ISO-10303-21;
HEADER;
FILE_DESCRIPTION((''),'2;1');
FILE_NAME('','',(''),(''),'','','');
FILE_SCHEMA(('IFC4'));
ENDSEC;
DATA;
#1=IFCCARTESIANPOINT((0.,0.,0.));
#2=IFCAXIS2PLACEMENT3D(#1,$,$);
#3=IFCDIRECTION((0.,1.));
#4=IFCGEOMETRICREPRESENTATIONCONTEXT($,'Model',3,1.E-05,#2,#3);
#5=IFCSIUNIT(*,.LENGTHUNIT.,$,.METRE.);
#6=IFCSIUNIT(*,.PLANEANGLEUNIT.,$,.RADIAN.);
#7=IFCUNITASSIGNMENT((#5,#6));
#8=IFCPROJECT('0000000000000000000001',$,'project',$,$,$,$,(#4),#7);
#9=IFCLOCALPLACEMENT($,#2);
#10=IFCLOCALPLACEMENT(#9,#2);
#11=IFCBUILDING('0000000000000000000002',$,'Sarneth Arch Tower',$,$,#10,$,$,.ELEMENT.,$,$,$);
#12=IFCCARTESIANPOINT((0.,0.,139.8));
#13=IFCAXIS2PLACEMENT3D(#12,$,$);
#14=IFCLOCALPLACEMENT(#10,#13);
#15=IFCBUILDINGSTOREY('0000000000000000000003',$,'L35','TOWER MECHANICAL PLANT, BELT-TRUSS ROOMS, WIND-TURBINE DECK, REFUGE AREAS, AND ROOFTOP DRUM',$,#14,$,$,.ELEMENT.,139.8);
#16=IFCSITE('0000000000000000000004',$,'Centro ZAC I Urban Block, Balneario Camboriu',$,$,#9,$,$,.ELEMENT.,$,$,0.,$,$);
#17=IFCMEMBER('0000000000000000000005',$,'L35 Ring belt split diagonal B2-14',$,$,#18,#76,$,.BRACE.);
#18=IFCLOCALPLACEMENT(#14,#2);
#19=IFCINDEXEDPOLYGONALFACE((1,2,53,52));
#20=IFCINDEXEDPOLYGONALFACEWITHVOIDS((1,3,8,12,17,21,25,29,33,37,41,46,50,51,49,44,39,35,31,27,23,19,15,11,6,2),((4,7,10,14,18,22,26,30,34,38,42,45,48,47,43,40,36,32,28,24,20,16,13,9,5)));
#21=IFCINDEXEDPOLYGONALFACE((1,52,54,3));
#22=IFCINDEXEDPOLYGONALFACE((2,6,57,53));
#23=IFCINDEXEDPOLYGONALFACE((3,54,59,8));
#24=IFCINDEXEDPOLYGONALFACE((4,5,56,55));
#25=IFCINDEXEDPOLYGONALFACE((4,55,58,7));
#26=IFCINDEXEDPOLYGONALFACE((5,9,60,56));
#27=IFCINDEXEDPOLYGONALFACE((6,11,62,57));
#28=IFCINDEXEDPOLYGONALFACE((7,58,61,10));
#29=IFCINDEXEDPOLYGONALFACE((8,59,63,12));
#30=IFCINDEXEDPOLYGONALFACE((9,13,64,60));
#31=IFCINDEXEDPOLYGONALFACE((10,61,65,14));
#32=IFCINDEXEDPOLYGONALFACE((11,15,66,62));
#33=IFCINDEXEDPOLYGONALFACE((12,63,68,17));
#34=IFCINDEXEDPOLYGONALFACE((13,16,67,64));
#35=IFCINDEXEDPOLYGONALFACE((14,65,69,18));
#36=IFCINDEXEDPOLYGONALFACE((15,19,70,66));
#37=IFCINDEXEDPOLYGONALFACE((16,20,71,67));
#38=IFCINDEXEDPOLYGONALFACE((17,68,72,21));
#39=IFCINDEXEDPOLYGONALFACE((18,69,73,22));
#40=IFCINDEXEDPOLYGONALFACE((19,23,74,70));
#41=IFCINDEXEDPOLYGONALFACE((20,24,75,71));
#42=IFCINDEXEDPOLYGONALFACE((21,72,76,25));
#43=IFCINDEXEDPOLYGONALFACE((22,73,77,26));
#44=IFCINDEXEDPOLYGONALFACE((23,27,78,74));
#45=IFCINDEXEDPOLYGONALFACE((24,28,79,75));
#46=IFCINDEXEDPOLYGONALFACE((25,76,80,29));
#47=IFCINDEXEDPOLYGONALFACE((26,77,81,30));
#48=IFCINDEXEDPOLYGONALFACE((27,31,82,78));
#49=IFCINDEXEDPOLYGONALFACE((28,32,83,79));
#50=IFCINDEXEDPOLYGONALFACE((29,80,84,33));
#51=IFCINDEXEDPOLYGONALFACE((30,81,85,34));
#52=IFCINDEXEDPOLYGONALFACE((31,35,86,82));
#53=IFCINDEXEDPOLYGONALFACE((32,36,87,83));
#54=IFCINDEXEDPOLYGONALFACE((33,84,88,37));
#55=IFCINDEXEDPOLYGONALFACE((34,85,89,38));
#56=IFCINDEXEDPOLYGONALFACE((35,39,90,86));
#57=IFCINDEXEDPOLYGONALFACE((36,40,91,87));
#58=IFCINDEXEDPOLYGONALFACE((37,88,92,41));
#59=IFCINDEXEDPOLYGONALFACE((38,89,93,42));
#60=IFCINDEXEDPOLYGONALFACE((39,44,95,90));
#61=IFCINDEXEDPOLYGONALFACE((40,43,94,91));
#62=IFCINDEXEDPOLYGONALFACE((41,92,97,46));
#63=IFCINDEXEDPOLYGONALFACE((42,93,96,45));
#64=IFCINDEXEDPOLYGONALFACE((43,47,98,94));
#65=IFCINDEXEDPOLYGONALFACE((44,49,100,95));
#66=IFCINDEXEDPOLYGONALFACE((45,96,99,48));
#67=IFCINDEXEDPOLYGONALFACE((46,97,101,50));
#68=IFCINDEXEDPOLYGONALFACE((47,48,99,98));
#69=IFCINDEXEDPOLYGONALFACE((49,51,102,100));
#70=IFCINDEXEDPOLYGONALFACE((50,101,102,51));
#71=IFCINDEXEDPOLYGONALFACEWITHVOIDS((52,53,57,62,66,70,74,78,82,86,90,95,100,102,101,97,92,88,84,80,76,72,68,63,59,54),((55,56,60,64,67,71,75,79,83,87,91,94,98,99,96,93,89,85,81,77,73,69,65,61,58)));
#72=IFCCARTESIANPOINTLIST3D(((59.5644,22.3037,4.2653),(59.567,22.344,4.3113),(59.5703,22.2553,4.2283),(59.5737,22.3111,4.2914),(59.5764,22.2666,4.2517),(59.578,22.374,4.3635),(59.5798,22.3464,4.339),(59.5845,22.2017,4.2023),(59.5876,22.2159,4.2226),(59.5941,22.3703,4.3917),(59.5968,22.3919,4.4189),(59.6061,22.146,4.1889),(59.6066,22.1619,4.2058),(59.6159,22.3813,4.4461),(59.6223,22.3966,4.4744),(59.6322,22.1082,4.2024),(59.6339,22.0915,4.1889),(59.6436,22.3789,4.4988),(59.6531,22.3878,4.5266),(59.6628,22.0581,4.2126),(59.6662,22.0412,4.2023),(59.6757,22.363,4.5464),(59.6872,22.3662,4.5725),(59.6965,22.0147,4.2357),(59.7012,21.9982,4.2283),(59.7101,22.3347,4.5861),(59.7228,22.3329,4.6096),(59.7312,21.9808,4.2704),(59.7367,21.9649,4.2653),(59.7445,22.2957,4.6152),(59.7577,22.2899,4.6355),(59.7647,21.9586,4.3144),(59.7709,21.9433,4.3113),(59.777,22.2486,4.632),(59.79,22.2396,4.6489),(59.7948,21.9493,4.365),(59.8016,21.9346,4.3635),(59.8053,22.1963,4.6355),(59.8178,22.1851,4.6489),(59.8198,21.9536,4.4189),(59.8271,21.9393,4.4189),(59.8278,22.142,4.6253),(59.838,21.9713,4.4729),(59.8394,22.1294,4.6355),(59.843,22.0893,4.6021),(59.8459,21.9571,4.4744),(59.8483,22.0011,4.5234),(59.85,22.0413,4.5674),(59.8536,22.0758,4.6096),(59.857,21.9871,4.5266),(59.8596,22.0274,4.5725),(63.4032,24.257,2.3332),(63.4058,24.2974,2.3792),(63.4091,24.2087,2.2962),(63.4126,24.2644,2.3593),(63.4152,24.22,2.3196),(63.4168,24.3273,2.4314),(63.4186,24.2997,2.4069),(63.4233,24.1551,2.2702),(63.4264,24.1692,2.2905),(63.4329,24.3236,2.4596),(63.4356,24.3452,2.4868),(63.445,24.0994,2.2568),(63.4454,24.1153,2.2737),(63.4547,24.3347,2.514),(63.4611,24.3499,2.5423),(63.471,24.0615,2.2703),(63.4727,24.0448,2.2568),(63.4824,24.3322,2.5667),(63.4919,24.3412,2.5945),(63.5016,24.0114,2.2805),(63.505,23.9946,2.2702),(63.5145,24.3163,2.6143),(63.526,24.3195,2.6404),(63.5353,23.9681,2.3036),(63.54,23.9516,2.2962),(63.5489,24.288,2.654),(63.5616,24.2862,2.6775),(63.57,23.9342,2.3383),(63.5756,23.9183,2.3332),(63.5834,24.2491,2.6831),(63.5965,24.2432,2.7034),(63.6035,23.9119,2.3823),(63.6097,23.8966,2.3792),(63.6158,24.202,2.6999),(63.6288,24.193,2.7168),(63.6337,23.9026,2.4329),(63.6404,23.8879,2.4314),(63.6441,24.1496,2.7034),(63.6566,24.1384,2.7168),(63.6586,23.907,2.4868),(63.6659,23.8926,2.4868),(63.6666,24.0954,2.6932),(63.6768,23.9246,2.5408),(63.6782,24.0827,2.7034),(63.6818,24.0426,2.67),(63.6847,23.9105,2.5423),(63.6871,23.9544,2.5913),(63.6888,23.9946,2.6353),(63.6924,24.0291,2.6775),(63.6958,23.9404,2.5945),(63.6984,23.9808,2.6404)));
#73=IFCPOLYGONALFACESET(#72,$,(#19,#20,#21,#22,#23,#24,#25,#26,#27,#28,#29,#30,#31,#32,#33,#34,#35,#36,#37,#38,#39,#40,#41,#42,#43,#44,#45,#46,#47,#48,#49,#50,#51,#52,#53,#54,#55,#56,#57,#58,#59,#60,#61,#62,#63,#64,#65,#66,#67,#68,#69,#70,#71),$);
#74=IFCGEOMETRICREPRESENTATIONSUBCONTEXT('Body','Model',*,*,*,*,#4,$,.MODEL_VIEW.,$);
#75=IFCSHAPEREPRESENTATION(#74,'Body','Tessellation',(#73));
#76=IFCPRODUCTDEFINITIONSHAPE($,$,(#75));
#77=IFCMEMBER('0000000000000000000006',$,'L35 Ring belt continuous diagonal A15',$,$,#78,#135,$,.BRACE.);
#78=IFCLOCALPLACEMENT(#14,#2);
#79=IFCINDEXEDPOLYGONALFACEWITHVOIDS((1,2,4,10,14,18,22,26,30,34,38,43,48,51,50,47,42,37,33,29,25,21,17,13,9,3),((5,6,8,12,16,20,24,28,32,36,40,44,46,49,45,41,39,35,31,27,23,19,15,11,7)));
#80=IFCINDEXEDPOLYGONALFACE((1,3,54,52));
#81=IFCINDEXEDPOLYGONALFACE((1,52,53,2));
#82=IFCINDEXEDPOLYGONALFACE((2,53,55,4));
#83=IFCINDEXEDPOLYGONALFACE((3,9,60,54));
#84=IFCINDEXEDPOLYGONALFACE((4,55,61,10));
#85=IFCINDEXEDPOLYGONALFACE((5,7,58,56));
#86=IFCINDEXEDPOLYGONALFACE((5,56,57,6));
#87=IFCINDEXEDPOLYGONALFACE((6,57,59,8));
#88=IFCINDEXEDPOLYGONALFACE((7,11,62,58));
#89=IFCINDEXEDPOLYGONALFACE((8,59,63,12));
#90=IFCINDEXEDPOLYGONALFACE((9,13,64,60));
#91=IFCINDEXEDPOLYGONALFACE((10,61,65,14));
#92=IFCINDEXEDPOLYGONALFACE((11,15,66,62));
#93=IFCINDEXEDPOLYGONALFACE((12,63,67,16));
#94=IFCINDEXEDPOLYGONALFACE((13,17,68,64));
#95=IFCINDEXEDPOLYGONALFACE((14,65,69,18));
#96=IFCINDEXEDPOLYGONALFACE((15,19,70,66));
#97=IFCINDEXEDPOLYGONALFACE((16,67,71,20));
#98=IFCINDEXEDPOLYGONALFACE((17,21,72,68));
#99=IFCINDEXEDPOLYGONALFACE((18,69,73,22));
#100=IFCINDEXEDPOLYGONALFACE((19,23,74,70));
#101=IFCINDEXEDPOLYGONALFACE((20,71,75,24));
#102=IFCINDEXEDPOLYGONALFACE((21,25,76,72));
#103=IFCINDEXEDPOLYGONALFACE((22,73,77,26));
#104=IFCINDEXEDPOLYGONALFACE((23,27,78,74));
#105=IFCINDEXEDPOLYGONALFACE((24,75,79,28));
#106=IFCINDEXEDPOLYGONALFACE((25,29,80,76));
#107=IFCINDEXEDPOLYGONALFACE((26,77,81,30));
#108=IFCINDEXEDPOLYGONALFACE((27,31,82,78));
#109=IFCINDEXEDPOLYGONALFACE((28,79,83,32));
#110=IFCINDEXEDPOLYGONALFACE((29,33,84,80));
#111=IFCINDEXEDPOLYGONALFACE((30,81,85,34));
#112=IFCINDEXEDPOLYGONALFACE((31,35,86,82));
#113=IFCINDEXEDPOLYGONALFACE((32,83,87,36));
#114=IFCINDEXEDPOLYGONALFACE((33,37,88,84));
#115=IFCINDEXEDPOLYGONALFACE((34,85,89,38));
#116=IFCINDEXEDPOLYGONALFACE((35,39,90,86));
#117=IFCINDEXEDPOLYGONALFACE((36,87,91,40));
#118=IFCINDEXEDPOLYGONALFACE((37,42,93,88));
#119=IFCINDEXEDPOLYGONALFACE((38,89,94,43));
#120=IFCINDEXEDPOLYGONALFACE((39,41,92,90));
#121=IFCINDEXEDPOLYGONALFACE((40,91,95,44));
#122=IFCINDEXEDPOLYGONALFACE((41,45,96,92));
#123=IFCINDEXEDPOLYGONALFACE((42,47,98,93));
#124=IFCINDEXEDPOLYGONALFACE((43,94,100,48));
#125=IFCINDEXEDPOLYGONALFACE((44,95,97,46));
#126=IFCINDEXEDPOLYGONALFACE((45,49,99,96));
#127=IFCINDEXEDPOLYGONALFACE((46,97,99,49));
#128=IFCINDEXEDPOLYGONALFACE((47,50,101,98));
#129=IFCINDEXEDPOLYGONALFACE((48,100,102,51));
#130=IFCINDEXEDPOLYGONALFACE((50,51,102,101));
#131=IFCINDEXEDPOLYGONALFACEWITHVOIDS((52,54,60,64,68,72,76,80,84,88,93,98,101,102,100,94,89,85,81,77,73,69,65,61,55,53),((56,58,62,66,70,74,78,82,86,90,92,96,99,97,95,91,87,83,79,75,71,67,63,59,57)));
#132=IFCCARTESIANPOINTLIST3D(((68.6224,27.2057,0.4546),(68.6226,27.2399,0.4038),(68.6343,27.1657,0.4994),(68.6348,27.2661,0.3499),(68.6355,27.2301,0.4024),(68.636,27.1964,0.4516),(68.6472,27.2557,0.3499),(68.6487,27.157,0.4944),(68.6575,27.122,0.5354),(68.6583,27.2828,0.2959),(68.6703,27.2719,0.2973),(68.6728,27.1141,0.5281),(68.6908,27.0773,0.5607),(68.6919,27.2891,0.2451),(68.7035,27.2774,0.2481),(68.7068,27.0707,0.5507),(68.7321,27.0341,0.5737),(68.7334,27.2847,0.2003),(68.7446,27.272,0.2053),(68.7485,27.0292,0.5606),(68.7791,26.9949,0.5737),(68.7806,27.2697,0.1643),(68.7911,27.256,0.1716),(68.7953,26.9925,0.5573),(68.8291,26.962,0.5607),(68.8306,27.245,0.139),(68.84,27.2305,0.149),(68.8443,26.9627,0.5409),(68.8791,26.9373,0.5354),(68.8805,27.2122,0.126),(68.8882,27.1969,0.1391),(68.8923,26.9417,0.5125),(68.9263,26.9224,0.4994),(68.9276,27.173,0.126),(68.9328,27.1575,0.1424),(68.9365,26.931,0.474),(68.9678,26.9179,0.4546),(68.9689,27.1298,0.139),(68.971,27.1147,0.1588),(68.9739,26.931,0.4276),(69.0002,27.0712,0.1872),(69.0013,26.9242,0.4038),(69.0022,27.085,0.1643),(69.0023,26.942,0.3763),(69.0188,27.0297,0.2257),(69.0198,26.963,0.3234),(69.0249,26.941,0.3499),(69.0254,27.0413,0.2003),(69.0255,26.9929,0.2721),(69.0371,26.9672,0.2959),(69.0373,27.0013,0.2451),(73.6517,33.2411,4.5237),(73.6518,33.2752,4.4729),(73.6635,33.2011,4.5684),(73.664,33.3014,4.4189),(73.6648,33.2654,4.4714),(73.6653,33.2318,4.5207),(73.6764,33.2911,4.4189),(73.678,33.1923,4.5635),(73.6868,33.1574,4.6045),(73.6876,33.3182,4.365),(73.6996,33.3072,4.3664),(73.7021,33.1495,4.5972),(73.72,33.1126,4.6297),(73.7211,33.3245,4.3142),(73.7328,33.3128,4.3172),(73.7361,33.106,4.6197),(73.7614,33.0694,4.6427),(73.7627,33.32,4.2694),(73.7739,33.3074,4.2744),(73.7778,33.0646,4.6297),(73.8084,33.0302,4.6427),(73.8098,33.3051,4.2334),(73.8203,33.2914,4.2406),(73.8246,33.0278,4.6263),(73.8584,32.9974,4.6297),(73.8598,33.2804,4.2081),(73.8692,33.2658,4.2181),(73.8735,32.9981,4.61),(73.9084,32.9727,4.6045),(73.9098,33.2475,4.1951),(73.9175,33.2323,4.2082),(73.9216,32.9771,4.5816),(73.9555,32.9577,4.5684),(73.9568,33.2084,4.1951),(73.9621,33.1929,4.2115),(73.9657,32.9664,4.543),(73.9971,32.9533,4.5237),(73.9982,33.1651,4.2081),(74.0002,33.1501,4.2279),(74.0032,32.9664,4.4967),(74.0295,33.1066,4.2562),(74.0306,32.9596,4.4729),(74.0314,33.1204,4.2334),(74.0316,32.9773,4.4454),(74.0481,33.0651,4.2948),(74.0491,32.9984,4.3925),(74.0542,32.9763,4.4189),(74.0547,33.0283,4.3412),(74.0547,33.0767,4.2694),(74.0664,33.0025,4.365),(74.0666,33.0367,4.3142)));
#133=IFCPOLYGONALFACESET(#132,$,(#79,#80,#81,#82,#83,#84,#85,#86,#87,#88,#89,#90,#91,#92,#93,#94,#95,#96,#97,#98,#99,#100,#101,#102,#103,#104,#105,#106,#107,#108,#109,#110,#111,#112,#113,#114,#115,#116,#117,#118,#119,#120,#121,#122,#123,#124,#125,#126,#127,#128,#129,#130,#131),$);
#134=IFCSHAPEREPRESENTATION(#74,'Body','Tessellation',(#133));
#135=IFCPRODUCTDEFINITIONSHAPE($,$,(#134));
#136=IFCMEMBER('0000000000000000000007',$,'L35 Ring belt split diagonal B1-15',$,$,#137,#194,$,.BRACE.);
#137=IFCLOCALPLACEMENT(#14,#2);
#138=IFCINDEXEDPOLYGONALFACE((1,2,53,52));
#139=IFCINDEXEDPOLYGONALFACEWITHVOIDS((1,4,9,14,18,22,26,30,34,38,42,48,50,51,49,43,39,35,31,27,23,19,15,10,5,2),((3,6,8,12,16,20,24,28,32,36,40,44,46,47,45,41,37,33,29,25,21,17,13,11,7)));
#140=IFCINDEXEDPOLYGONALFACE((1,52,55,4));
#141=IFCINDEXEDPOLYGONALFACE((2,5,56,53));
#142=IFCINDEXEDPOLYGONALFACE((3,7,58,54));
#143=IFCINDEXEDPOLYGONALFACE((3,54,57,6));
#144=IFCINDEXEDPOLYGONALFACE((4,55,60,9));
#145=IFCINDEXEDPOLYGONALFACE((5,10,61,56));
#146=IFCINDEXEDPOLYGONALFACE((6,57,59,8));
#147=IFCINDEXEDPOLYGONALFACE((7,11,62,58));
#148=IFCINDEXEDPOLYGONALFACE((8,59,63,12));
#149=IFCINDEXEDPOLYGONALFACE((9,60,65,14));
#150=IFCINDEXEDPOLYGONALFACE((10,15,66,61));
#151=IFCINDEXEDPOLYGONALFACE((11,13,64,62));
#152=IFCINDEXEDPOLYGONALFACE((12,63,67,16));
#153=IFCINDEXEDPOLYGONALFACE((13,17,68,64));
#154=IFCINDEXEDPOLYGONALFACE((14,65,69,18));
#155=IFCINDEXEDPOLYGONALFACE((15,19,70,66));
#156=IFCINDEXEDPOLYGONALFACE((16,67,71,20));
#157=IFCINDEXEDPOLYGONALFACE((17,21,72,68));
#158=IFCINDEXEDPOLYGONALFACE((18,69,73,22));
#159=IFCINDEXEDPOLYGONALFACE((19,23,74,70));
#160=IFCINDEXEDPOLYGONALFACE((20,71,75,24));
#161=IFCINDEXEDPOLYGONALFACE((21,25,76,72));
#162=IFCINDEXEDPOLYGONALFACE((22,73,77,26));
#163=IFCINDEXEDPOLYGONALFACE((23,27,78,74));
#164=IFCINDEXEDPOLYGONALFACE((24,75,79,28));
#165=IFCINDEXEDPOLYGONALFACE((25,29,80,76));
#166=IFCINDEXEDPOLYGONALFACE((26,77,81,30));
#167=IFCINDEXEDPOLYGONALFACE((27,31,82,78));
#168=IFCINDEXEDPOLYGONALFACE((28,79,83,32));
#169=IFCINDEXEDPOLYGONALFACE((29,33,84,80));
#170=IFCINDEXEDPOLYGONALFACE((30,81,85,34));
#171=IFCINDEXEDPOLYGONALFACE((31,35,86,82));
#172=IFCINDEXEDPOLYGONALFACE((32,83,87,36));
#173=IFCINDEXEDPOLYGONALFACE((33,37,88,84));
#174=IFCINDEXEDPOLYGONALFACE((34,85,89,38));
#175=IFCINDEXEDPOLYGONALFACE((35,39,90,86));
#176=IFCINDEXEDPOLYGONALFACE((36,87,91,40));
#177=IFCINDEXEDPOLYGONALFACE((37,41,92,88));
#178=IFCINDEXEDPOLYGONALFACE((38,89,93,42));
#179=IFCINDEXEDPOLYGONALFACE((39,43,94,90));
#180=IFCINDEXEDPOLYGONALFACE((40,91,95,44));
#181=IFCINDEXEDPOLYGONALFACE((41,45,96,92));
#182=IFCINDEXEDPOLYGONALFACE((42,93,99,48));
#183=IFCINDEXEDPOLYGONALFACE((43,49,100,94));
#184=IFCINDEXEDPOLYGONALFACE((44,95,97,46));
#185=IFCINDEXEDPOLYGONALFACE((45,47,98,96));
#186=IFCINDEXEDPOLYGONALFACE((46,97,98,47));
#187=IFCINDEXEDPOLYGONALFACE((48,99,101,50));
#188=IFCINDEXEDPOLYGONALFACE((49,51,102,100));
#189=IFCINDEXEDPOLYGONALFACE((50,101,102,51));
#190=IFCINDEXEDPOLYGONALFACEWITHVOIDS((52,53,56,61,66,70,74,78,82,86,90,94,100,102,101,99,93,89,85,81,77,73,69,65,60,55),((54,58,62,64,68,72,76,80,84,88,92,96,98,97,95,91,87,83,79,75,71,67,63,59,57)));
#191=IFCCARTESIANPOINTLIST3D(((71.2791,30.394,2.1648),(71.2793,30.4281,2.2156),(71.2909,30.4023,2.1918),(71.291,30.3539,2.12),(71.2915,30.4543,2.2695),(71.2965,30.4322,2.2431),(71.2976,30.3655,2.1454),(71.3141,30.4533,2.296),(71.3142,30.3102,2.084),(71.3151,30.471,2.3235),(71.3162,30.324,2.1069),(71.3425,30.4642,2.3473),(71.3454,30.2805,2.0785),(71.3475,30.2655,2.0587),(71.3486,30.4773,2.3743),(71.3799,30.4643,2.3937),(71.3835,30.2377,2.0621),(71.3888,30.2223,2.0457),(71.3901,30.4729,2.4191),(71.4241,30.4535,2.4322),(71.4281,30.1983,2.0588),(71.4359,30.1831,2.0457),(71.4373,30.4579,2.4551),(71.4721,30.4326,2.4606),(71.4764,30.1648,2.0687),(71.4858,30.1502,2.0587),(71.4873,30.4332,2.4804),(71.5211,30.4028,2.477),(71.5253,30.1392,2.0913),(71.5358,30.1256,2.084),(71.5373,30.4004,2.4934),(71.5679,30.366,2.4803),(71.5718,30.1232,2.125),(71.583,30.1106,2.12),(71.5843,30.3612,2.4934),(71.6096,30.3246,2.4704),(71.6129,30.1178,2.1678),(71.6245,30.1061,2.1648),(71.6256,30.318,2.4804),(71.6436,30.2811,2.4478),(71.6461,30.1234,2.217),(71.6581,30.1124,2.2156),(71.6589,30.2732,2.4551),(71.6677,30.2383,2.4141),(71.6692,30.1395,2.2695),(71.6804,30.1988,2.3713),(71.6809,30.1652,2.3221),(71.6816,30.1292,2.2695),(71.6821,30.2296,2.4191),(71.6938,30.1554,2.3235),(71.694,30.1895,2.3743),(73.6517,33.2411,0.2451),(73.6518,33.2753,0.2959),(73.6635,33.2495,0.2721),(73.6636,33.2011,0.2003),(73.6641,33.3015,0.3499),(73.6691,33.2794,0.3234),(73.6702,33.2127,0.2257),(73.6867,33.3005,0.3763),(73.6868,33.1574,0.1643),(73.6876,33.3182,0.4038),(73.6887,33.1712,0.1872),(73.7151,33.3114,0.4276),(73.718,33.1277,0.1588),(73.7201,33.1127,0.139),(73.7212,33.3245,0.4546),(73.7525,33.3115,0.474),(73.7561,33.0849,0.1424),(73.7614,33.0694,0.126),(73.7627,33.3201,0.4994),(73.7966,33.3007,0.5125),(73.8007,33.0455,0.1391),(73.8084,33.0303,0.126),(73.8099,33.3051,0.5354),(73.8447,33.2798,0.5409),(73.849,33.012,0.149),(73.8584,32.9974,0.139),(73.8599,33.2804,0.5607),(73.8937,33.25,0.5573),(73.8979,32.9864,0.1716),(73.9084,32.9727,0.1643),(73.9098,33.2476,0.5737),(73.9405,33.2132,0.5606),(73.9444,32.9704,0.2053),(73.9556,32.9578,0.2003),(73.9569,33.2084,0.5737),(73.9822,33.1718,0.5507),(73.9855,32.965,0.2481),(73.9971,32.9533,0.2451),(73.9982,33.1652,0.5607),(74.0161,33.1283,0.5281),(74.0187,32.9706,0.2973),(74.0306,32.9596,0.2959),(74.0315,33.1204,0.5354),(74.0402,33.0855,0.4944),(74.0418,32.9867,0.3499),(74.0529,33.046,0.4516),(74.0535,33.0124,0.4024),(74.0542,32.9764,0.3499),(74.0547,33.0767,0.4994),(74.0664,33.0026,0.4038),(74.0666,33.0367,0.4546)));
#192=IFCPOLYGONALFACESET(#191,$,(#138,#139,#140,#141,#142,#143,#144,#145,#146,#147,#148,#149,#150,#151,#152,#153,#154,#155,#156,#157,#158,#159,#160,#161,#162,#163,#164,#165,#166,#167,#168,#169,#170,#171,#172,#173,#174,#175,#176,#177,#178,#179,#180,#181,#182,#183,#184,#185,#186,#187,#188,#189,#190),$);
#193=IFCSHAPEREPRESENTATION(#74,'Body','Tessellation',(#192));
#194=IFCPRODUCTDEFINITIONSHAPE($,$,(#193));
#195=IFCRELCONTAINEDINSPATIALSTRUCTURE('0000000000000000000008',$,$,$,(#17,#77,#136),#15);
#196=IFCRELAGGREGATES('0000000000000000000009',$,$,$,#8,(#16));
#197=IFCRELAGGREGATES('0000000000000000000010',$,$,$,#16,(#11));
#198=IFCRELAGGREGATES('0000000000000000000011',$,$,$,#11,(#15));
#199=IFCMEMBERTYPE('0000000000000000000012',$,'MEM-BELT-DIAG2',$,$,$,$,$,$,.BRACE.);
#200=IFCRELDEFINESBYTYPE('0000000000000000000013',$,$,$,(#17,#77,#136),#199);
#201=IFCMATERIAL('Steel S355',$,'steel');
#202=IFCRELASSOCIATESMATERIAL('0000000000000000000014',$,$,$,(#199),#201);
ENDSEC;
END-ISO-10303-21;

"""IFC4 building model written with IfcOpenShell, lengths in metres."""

from ifc_helpers import new_model, si_unit, direction, frame, origin, origin_2d, place, context, subcontext, project, spatial, hollow_circle, extrude, material, material_profile, profile_set, type_object, element, save


model = new_model("IFC4")

# Units and contexts
model_context = context("Model", 3, precision=1e-05, world=origin(), true_north=direction((0.0, 1.0)))
body_context = subcontext(model_context, "Body", "Model", "MODEL_VIEW")
ifc_project = project(units=[si_unit("LENGTHUNIT", "METRE"), si_unit("PLANEANGLEUNIT", "RADIAN")], contexts=[model_context])

# Site, building, storey
site_placement = place(None, origin())
site = spatial("IfcSite", under=ifc_project, at=site_placement, Name="Centro ZAC I Urban Block, Balneario Camboriu", CompositionType="ELEMENT", RefElevation=0.0)
building_placement = place(site_placement, origin())
building = spatial("IfcBuilding", under=site, at=building_placement, Name="Sarneth Arch Tower", CompositionType="ELEMENT")
storey_placement = place(building_placement, frame((0.0, 0.0, 139.8)))
storey = spatial("IfcBuildingStorey", under=building, at=storey_placement, Name="L35", Description="TOWER MECHANICAL PLANT, BELT-TRUSS ROOMS, WIND-TURBINE DECK, REFUGE AREAS, AND ROOFTOP DRUM", CompositionType="ELEMENT", Elevation=139.8)

# Members
ifc_material_1 = material(Name="Steel S355", Category="steel")
ifc_material_profile_1 = material_profile(ifc_material_1, hollow_circle(Radius=0.2539, WallThickness=0.0161, at=origin_2d()), Name="CHS508x16")
ifc_profile_set_1 = profile_set([ifc_material_profile_1], Name="Steel S355")
member_type_1 = type_object("IfcMemberType", Name="MEM-BELT-DIAG2", PredefinedType="BRACE", material=ifc_profile_set_1)
member_1_placement = place(storey_placement, frame((63.5508, 24.1189, 2.4868), z_axis=(-0.813187, -0.413782, 0.409283), x_axis=(0.453505, -0.891254, 0.0)))
element("IfcMember", 1, at=member_1_placement, inside=storey, type_object=member_type_1, Name="L35 Ring belt split diagonal B2-14", PredefinedType="BRACE", context=body_context, shape_type="SweptSolid", body=[
    extrude(hollow_circle(Radius=0.2539, WallThickness=0.0161, at=origin_2d()), origin(), (0.0, 0.0, 1.0), 4.7207),
])
member_2_placement = place(storey_placement, frame((68.8298, 27.1035, 0.3499), z_axis=(0.568446, 0.682163, 0.459917), x_axis=(-0.768234, 0.640169, 0.0)))
element("IfcMember", 2, at=member_2_placement, inside=storey, type_object=member_type_1, Name="L35 Ring belt continuous diagonal A15", PredefinedType="BRACE", context=body_context, shape_type="SweptSolid", body=[
    extrude(hollow_circle(Radius=0.2539, WallThickness=0.0161, at=origin_2d()), origin(), (0.0, 0.0, 1.0), 8.8474),
])
member_3_placement = place(storey_placement, frame((73.8591, 33.1389, 0.3499), z_axis=(-0.568442, -0.682153, 0.459936), x_axis=(0.768232, -0.640171, 0.0)))
element("IfcMember", 3, at=member_3_placement, inside=storey, type_object=member_type_1, Name="L35 Ring belt split diagonal B1-15", PredefinedType="BRACE", context=body_context, shape_type="SweptSolid", body=[
    extrude(hollow_circle(Radius=0.2539, WallThickness=0.0161, at=origin_2d()), origin(), (0.0, 0.0, 1.0), 4.1738),
])

save(model, "model.ifc")
